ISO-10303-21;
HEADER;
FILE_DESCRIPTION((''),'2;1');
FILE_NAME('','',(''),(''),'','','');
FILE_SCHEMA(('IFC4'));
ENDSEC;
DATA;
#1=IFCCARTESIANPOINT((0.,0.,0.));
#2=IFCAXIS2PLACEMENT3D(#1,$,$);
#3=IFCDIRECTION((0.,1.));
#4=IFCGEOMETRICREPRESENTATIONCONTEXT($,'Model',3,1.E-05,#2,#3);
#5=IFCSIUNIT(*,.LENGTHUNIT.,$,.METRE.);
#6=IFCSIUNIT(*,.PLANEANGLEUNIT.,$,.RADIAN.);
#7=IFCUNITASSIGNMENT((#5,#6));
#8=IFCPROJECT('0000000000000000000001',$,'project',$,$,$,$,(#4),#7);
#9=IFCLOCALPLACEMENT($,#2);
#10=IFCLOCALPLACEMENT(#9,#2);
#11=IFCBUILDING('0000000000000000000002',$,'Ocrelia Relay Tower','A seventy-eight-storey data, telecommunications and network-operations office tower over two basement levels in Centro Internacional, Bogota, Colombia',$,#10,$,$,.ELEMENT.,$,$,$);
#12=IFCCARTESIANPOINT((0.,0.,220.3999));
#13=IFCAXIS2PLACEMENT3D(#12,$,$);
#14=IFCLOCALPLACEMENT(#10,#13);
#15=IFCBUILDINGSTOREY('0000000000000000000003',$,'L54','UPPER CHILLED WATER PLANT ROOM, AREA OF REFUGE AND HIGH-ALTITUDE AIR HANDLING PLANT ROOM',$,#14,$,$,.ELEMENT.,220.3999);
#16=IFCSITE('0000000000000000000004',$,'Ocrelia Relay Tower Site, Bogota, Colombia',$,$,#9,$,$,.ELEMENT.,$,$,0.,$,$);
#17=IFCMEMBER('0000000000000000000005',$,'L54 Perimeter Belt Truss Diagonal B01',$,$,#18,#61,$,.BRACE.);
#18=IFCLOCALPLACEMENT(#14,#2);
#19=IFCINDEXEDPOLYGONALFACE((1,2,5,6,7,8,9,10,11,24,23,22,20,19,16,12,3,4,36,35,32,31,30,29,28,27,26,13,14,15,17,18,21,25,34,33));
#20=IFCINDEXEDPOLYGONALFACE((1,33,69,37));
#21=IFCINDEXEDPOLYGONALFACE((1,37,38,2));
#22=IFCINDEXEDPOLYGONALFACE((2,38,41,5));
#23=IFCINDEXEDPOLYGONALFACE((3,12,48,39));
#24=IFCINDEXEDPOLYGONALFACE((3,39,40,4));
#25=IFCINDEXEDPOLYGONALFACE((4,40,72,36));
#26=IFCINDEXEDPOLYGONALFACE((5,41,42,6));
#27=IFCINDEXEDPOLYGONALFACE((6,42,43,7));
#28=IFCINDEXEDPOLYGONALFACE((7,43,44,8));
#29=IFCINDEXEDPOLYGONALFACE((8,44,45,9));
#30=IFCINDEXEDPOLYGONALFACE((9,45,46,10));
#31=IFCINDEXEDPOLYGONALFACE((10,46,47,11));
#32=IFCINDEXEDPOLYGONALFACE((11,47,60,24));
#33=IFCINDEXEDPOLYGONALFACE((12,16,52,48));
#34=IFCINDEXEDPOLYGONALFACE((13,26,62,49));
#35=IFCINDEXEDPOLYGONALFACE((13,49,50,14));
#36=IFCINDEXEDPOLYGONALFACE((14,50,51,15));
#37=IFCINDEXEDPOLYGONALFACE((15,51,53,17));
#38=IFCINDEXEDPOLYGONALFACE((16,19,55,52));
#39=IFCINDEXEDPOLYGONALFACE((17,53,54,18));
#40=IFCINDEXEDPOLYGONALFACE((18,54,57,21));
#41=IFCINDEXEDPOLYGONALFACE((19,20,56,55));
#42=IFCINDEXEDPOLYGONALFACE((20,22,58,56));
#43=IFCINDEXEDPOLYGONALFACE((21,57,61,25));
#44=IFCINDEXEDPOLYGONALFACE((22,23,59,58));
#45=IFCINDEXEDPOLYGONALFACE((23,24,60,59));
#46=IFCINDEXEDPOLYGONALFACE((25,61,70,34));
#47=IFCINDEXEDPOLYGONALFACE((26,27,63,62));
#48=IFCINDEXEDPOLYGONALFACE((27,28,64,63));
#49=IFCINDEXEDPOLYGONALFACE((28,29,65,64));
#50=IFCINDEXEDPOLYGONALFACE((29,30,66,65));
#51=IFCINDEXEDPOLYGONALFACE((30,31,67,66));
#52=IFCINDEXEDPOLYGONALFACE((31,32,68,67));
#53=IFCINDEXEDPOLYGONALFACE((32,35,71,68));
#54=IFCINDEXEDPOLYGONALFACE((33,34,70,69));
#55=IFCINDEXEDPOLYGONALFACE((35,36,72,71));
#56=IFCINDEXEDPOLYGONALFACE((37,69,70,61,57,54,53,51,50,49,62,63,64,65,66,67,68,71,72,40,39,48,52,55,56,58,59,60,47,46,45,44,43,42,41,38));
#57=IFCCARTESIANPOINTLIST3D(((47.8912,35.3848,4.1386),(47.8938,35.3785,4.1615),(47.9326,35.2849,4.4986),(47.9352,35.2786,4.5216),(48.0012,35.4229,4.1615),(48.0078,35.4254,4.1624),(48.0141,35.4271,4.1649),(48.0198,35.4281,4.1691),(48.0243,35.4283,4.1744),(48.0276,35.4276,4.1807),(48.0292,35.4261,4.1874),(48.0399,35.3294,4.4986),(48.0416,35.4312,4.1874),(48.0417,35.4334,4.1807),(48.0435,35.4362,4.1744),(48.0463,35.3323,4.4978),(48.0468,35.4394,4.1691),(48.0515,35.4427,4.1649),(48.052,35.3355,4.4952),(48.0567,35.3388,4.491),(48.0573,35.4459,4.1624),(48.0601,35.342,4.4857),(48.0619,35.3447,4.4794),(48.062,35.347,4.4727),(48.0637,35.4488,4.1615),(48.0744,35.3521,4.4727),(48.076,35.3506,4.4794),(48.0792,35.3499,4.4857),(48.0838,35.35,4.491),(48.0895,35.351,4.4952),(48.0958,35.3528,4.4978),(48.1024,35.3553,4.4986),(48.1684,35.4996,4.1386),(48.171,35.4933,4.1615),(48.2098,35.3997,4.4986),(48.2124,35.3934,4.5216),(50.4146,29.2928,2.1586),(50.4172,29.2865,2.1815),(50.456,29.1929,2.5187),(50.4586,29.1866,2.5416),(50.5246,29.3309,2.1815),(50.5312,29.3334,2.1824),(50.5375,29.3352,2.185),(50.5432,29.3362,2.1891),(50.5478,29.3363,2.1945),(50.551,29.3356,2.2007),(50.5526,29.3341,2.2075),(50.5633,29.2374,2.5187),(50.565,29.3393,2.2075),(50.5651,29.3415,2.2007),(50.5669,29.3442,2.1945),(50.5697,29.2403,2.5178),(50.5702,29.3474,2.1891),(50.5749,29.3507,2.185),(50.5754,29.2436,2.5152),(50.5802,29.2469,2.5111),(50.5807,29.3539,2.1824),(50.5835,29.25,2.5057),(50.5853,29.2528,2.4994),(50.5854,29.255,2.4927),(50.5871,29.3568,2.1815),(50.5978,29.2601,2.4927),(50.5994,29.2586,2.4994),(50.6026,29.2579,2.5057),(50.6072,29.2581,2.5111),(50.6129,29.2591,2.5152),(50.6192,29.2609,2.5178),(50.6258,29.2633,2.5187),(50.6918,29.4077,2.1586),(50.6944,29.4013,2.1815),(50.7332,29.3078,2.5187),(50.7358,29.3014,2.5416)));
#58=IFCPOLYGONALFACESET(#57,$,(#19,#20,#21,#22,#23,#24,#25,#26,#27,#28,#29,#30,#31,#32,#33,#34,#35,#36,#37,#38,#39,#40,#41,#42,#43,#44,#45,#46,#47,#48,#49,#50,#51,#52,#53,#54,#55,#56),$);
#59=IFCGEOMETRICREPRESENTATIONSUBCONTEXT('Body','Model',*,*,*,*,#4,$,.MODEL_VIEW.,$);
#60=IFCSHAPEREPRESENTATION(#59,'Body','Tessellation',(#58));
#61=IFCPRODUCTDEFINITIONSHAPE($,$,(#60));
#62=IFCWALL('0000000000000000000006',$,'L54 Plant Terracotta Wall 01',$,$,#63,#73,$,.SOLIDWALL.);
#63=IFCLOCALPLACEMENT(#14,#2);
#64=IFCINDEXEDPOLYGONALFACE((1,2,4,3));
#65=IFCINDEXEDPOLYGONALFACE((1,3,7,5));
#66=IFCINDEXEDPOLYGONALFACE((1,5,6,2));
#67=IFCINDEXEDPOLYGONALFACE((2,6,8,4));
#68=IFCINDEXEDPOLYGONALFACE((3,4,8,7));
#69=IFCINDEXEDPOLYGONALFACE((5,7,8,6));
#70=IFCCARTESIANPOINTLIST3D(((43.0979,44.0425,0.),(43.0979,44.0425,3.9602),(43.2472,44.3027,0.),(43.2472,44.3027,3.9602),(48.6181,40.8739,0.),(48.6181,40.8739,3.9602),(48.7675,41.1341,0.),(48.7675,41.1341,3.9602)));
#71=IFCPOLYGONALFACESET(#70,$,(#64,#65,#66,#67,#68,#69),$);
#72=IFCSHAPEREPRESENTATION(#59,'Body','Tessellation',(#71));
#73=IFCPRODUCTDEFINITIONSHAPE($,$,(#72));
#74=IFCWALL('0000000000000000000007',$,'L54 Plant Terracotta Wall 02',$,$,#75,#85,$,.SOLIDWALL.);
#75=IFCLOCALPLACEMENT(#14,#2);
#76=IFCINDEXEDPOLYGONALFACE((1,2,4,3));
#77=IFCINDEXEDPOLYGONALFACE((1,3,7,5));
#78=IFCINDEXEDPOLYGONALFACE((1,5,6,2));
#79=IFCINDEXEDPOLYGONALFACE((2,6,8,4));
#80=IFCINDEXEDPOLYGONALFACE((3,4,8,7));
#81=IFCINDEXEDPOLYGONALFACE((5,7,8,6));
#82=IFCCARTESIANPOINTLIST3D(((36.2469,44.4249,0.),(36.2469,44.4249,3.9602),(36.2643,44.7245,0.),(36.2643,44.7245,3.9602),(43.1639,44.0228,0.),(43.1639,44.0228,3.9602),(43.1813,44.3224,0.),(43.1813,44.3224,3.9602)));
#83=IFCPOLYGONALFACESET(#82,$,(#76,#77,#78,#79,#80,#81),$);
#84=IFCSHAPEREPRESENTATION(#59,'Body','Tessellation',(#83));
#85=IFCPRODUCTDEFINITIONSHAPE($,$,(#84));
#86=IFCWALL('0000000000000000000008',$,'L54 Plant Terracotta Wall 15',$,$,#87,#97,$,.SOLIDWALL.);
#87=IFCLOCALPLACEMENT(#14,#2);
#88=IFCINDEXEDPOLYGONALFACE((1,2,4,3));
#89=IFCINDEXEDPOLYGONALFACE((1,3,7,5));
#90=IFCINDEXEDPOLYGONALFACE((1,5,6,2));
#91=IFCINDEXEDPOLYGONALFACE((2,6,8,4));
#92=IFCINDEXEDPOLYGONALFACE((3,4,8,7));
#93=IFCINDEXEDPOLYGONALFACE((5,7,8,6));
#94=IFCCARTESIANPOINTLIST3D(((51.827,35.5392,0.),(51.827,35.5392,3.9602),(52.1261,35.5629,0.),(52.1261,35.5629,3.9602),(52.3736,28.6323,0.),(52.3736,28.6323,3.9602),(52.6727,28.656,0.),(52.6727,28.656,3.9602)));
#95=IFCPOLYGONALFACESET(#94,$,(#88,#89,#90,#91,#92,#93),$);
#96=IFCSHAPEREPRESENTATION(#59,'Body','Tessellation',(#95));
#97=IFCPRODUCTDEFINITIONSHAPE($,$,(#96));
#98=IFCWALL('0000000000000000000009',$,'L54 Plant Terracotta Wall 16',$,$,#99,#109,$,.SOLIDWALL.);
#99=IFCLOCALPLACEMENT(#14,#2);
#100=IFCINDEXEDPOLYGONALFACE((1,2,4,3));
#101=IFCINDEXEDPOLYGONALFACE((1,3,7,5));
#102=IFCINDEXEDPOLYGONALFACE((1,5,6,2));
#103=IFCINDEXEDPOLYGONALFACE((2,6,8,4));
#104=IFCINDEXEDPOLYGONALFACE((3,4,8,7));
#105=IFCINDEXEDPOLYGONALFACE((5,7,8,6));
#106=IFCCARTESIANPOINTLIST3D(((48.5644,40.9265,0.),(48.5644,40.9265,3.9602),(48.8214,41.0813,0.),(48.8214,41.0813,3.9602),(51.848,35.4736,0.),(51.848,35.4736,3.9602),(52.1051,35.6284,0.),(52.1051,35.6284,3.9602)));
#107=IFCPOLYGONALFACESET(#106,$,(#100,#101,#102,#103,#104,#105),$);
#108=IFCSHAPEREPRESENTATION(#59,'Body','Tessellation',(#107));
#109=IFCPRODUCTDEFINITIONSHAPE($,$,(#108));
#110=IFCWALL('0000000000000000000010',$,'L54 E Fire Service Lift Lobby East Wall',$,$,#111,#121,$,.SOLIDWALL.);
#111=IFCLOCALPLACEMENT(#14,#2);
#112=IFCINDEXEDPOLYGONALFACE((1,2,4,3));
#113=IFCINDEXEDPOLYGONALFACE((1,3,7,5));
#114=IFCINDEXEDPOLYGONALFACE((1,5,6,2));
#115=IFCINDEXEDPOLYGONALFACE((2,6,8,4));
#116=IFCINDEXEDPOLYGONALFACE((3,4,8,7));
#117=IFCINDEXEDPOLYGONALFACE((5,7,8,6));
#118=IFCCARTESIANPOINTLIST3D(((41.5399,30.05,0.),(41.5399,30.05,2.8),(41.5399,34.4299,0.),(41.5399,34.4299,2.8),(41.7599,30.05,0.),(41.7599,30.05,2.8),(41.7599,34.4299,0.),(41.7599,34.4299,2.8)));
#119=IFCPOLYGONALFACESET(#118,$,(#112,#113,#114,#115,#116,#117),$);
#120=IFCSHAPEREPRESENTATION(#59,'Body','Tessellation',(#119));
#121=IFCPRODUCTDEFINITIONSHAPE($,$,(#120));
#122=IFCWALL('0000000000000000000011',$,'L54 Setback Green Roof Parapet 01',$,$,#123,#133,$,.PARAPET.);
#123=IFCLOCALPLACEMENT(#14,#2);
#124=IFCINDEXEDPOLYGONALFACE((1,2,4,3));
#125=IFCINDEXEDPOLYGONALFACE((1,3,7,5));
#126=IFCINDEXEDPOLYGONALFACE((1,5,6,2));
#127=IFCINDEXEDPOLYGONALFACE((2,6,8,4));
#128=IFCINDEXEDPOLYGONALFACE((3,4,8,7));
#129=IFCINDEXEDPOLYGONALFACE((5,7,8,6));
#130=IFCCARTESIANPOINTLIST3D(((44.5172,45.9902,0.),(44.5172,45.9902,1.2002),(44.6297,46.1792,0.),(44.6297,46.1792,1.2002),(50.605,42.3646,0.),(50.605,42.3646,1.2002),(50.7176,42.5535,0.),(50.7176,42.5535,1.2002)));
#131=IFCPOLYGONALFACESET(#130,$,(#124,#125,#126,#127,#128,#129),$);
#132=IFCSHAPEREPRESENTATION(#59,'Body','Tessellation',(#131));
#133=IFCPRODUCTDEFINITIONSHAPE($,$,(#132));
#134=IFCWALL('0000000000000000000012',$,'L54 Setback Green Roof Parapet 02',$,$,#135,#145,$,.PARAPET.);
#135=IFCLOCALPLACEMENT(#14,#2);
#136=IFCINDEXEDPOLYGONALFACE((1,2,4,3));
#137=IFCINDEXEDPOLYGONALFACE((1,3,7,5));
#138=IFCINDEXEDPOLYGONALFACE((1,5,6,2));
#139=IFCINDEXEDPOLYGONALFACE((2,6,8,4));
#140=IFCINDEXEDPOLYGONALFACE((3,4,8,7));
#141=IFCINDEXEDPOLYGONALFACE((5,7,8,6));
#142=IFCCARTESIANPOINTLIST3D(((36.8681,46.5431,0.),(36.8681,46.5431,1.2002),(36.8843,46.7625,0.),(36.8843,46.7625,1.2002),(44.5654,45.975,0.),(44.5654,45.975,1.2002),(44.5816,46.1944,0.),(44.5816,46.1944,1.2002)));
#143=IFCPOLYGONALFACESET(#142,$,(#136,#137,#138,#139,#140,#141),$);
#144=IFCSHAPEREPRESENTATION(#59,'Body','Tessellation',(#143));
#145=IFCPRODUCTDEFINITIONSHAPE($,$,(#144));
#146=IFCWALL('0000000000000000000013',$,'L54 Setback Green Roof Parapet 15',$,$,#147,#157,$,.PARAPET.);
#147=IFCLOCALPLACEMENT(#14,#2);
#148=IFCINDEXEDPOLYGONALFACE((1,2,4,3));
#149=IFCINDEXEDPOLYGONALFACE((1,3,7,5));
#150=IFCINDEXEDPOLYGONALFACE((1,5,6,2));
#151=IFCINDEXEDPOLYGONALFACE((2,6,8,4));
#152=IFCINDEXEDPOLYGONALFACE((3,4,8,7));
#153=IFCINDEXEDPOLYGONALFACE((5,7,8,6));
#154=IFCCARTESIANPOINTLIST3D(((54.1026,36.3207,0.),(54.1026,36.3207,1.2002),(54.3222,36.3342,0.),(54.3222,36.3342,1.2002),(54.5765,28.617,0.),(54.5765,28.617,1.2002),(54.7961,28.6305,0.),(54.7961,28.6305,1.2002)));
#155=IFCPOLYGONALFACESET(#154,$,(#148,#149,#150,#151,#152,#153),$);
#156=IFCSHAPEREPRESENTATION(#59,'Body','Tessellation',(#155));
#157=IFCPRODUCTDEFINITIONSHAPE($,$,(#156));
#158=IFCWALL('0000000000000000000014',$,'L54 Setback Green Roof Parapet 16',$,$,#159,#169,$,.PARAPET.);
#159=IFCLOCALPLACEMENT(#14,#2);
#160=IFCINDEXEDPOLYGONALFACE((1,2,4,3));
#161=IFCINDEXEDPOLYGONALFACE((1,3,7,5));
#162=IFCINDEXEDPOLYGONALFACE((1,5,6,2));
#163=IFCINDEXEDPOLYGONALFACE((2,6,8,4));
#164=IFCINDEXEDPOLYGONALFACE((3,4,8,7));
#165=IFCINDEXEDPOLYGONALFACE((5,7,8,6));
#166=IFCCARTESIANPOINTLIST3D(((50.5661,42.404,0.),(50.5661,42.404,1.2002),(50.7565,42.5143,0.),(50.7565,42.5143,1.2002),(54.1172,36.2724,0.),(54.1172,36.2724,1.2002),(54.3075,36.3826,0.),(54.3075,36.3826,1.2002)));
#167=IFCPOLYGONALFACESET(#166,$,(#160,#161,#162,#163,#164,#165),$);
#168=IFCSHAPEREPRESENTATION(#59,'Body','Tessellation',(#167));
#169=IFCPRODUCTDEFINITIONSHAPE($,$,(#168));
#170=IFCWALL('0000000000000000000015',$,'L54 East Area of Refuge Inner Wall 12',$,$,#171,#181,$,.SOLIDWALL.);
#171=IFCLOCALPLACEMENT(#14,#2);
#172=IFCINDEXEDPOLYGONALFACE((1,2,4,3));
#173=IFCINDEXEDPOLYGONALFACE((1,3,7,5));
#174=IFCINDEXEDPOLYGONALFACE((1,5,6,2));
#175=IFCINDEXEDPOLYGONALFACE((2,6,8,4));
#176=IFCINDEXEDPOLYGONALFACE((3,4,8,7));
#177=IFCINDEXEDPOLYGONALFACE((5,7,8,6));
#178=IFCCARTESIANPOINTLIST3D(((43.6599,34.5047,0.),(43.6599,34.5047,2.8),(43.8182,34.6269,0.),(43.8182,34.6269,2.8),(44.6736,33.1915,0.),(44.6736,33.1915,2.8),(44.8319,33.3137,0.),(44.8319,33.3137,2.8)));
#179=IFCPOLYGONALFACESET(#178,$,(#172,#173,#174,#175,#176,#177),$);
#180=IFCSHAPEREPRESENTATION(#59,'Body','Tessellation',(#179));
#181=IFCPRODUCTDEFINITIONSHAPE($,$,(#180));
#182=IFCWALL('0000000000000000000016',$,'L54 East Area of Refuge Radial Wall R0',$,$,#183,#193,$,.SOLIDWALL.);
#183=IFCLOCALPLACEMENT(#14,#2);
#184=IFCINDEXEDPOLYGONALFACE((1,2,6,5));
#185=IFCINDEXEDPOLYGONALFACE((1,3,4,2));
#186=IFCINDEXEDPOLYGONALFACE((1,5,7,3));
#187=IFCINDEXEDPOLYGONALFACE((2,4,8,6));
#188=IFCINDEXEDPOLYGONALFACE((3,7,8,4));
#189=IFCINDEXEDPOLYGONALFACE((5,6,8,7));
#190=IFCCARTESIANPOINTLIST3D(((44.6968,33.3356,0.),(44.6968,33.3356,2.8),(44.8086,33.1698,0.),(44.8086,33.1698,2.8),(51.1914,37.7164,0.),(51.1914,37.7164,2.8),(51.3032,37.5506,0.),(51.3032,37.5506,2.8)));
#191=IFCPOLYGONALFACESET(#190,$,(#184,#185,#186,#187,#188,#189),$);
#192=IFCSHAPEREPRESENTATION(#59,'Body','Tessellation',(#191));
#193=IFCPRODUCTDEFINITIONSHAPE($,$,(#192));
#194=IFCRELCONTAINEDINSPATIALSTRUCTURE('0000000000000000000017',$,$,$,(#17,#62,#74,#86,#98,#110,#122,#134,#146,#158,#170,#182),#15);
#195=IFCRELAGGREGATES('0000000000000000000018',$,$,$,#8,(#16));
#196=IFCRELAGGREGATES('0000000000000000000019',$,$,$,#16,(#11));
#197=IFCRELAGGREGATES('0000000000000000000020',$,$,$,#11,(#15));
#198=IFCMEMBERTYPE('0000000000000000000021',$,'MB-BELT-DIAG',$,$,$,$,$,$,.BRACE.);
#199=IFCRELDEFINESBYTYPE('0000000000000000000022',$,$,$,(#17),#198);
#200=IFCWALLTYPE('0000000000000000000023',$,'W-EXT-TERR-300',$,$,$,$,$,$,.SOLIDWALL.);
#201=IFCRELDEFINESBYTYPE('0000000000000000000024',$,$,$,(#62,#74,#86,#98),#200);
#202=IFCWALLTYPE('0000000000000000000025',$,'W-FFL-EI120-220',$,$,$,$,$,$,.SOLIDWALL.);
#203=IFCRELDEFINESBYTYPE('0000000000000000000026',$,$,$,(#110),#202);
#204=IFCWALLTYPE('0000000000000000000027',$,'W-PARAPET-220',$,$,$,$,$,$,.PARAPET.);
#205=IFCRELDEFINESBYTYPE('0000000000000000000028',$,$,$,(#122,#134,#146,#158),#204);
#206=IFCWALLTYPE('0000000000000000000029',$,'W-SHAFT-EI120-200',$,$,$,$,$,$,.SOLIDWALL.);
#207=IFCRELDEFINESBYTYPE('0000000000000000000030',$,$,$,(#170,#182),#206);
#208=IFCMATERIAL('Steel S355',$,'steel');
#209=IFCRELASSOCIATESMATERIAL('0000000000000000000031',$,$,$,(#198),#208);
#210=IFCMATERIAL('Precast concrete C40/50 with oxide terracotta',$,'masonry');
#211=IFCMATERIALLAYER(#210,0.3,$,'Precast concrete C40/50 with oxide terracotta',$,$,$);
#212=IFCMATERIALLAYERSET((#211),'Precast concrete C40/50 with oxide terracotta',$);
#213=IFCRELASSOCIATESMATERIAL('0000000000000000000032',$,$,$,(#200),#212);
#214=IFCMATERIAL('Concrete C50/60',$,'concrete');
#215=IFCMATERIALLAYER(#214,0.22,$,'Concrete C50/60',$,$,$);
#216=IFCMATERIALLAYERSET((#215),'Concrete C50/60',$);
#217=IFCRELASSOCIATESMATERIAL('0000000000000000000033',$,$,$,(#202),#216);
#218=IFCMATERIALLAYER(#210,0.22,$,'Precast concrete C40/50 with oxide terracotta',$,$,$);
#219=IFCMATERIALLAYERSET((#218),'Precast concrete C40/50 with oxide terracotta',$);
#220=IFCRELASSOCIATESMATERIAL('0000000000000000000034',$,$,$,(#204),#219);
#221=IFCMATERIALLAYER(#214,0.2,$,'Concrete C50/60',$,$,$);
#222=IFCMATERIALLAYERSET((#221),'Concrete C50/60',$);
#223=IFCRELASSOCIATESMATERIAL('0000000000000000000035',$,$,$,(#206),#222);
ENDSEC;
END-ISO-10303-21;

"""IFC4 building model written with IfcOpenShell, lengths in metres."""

from ifc_helpers import new_model, si_unit, direction, frame, frame_2d, origin, origin_2d, place, context, subcontext, project, spatial, rectangle, i_section, extrude, material, layer, layer_set, material_profile, profile_set, type_object, element, save


model = new_model("IFC4")

# Units and contexts
model_context = context("Model", 3, precision=1e-05, world=origin(), true_north=direction((0.0, 1.0)))
body_context = subcontext(model_context, "Body", "Model", "MODEL_VIEW")
ifc_project = project(units=[si_unit("LENGTHUNIT", "METRE"), si_unit("PLANEANGLEUNIT", "RADIAN")], contexts=[model_context])

# Site, building, storey
site_placement = place(None, origin())
site = spatial("IfcSite", under=ifc_project, at=site_placement, Name="Ocrelia Relay Tower Site, Bogota, Colombia", CompositionType="ELEMENT", RefElevation=0.0)
building_placement = place(site_placement, origin())
building = spatial("IfcBuilding", under=site, at=building_placement, Name="Ocrelia Relay Tower", Description="A seventy-eight-storey data, telecommunications and network-operations office tower over two basement levels in Centro Internacional, Bogota, Colombia", CompositionType="ELEMENT")
storey_placement = place(building_placement, frame((0.0, 0.0, 220.3999)))
storey = spatial("IfcBuildingStorey", under=building, at=storey_placement, Name="L54", Description="UPPER CHILLED WATER PLANT ROOM, AREA OF REFUGE AND HIGH-ALTITUDE AIR HANDLING PLANT ROOM", CompositionType="ELEMENT", Elevation=220.3999)

# Shared definitions
ifc_material_1 = material(Name="Steel S355", Category="steel")

# Member
ifc_material_profile_1 = material_profile(ifc_material_1, i_section(OverallWidth=0.3, OverallDepth=0.3999, WebThickness=0.0134, FlangeThickness=0.0239, FilletRadius=0.0271, at=origin_2d()), Name="HEB 400")
ifc_profile_set_1 = profile_set([ifc_material_profile_1], Name="Steel S355")
member_type = type_object("IfcMemberType", Name="MB-BELT-DIAG", PredefinedType="BRACE", material=ifc_profile_set_1)
member_placement = place(storey_placement, frame((50.5752, 29.2971, 2.3501), z_axis=(-0.366521, 0.884849, 0.287586), x_axis=(-0.923878, -0.382688, 0.0)))
element("IfcMember", 1, at=member_placement, inside=storey, type_object=member_type, Name="L54 Perimeter Belt Truss Diagonal B01", PredefinedType="BRACE", context=body_context, shape_type="SweptSolid", body=[
    extrude(i_section(OverallWidth=0.3, OverallDepth=0.3999, WebThickness=0.0134, FlangeThickness=0.0239, FilletRadius=0.0271, at=origin_2d()), origin(), (0.0, 0.0, 1.0), 6.8848),
])

# Walls
ifc_material_2 = material(Name="Precast concrete C40/50 with oxide terracotta", Category="masonry")
ifc_layer_1 = layer(ifc_material_2, 0.3, Name="Precast concrete C40/50 with oxide terracotta")
ifc_layer_set_1 = layer_set([ifc_layer_1], Name="Precast concrete C40/50 with oxide terracotta")
wall_type_1 = type_object("IfcWallType", Name="W-EXT-TERR-300", PredefinedType="SOLIDWALL", material=ifc_layer_set_1)
wall_1_placement = place(storey_placement, frame((48.6929, 41.0039, 0.0), z_axis=(0.0, 0.0, 1.0), x_axis=(-0.867276, 0.497827, 0.0)))
element("IfcWall", 2, at=wall_1_placement, inside=storey, type_object=wall_type_1, Name="L54 Plant Terracotta Wall 01", PredefinedType="SOLIDWALL", context=body_context, shape_type="SweptSolid", body=[
    extrude(rectangle(XDim=6.365, YDim=0.3, at=frame_2d((3.1826, 0.0))), origin(), (0.0, 0.0, 1.0), 3.9602),
])
wall_2_placement = place(storey_placement, frame((43.1726, 44.1726, 0.0), z_axis=(0.0, 0.0, 1.0), x_axis=(-0.998315, 0.058034, 0.0)))
element("IfcWall", 3, at=wall_2_placement, inside=storey, type_object=wall_type_1, Name="L54 Plant Terracotta Wall 02", PredefinedType="SOLIDWALL", context=body_context, shape_type="SweptSolid", body=[
    extrude(rectangle(XDim=6.9287, YDim=0.3, at=frame_2d((3.4644, 0.0))), origin(), (0.0, 0.0, 1.0), 3.9602),
])
wall_3_placement = place(storey_placement, frame((52.5232, 28.644, 0.0), z_axis=(0.0, 0.0, 1.0), x_axis=(-0.078895, 0.996883, 0.0)))
element("IfcWall", 4, at=wall_3_placement, inside=storey, type_object=wall_type_1, Name="L54 Plant Terracotta Wall 15", PredefinedType="SOLIDWALL", context=body_context, shape_type="SweptSolid", body=[
    extrude(rectangle(XDim=6.9285, YDim=0.3, at=frame_2d((3.4644, 0.0))), origin(), (0.0, 0.0, 1.0), 3.9602),
])
wall_4_placement = place(storey_placement, frame((51.9766, 35.551, 0.0), z_axis=(0.0, 0.0, 1.0), x_axis=(-0.515877, 0.856663, 0.0)))
element("IfcWall", 5, at=wall_4_placement, inside=storey, type_object=wall_type_1, Name="L54 Plant Terracotta Wall 16", PredefinedType="SOLIDWALL", context=body_context, shape_type="SweptSolid", body=[
    extrude(rectangle(XDim=6.3652, YDim=0.3, at=frame_2d((3.1826, 0.0))), origin(), (0.0, 0.0, 1.0), 3.9602),
])
ifc_material_3 = material(Name="Concrete C50/60", Category="concrete")
ifc_layer_2 = layer(ifc_material_3, 0.22, Name="Concrete C50/60")
ifc_layer_set_2 = layer_set([ifc_layer_2], Name="Concrete C50/60")
wall_type_2 = type_object("IfcWallType", Name="W-FFL-EI120-220", PredefinedType="SOLIDWALL", material=ifc_layer_set_2)
wall_5_placement = place(storey_placement, frame((41.6499, 30.05, 0.0), z_axis=(0.0, 0.0, 1.0), x_axis=(0.0, 1.0, 0.0)))
element("IfcWall", 6, at=wall_5_placement, inside=storey, type_object=wall_type_2, Name="L54 E Fire Service Lift Lobby East Wall", PredefinedType="SOLIDWALL", context=body_context, shape_type="SweptSolid", body=[
    extrude(rectangle(XDim=4.3799, YDim=0.22, at=frame_2d((2.1899, 0.0))), origin(), (0.0, 0.0, 1.0), 2.8),
])
ifc_layer_3 = layer(ifc_material_2, 0.22, Name="Precast concrete C40/50 with oxide terracotta")
ifc_layer_set_3 = layer_set([ifc_layer_3], Name="Precast concrete C40/50 with oxide terracotta")
wall_type_3 = type_object("IfcWallType", Name="W-PARAPET-220", PredefinedType="PARAPET", material=ifc_layer_set_3)
wall_6_placement = place(storey_placement, frame((50.6614, 42.459, 0.0), z_axis=(0.0, 0.0, 1.0), x_axis=(-0.85917, 0.511691, 0.0)))
element("IfcWall", 7, at=wall_6_placement, inside=storey, type_object=wall_type_3, Name="L54 Setback Green Roof Parapet 01", PredefinedType="PARAPET", context=body_context, shape_type="SweptSolid", body=[
    extrude(rectangle(XDim=7.0857, YDim=0.22, at=frame_2d((3.543, 0.0))), origin(), (0.0, 0.0, 1.0), 1.2002),
])
for number, where, z_axis, x_axis, name in (
    (8, (44.5735, 46.0847, 0.0), (0.0, 0.0, 1.0), (-0.997287, 0.073607, 0.0), "L54 Setback Green Roof Parapet 02"),
    (9, (54.6863, 28.6238, 0.0), (0.0, 0.0, 1.0), (-0.061398, 0.998113, 0.0), "L54 Setback Green Roof Parapet 15"),
):
    element("IfcWall", number, at=place(storey_placement, frame(where, z_axis=z_axis, x_axis=x_axis)), inside=storey, type_object=wall_type_3, Name=name, PredefinedType="PARAPET", context=body_context, shape_type="SweptSolid", body=[
        extrude(rectangle(XDim=7.7183, YDim=0.22, at=frame_2d((3.8591, 0.0))), origin(), (0.0, 0.0, 1.0), 1.2002),
    ])
wall_7_placement = place(storey_placement, frame((54.2124, 36.3274, 0.0), z_axis=(0.0, 0.0, 1.0), x_axis=(-0.501159, 0.865356, 0.0)))
element("IfcWall", 10, at=wall_7_placement, inside=storey, type_object=wall_type_3, Name="L54 Setback Green Roof Parapet 16", PredefinedType="PARAPET", context=body_context, shape_type="SweptSolid", body=[
    extrude(rectangle(XDim=7.0857, YDim=0.22, at=frame_2d((3.543, 0.0))), origin(), (0.0, 0.0, 1.0), 1.2002),
])

# Shared definitions
ifc_layer_4 = layer(ifc_material_3, 0.2, Name="Concrete C50/60")
ifc_layer_set_4 = layer_set([ifc_layer_4], Name="Concrete C50/60")
wall_type_4 = type_object("IfcWallType", Name="W-SHAFT-EI120-200", PredefinedType="SOLIDWALL", material=ifc_layer_set_4)

# Walls
wall_8_placement = place(storey_placement, frame((43.739, 34.5659, 0.0), z_axis=(0.0, 0.0, 1.0), x_axis=(0.611033, -0.791605, 0.0)))
element("IfcWall", 11, at=wall_8_placement, inside=storey, type_object=wall_type_4, Name="L54 East Area of Refuge Inner Wall 12", PredefinedType="SOLIDWALL", context=body_context, shape_type="SweptSolid", body=[
    extrude(rectangle(XDim=1.6589, YDim=0.2, at=frame_2d((0.8296, 0.0))), origin(), (0.0, 0.0, 1.0), 2.8),
])
wall_9_placement = place(storey_placement, frame((44.7527, 33.2527, 0.0), z_axis=(0.0, 0.0, 1.0), x_axis=(0.829027, 0.559208, 0.0)))
element("IfcWall", 12, at=wall_9_placement, inside=storey, type_object=wall_type_4, Name="L54 East Area of Refuge Radial Wall R0", PredefinedType="SOLIDWALL", context=body_context, shape_type="SweptSolid", body=[
    extrude(rectangle(XDim=7.834, YDim=0.2, at=frame_2d((3.917, 0.0))), origin(), (0.0, 0.0, 1.0), 2.8),
])

save(model, "model.ifc")
